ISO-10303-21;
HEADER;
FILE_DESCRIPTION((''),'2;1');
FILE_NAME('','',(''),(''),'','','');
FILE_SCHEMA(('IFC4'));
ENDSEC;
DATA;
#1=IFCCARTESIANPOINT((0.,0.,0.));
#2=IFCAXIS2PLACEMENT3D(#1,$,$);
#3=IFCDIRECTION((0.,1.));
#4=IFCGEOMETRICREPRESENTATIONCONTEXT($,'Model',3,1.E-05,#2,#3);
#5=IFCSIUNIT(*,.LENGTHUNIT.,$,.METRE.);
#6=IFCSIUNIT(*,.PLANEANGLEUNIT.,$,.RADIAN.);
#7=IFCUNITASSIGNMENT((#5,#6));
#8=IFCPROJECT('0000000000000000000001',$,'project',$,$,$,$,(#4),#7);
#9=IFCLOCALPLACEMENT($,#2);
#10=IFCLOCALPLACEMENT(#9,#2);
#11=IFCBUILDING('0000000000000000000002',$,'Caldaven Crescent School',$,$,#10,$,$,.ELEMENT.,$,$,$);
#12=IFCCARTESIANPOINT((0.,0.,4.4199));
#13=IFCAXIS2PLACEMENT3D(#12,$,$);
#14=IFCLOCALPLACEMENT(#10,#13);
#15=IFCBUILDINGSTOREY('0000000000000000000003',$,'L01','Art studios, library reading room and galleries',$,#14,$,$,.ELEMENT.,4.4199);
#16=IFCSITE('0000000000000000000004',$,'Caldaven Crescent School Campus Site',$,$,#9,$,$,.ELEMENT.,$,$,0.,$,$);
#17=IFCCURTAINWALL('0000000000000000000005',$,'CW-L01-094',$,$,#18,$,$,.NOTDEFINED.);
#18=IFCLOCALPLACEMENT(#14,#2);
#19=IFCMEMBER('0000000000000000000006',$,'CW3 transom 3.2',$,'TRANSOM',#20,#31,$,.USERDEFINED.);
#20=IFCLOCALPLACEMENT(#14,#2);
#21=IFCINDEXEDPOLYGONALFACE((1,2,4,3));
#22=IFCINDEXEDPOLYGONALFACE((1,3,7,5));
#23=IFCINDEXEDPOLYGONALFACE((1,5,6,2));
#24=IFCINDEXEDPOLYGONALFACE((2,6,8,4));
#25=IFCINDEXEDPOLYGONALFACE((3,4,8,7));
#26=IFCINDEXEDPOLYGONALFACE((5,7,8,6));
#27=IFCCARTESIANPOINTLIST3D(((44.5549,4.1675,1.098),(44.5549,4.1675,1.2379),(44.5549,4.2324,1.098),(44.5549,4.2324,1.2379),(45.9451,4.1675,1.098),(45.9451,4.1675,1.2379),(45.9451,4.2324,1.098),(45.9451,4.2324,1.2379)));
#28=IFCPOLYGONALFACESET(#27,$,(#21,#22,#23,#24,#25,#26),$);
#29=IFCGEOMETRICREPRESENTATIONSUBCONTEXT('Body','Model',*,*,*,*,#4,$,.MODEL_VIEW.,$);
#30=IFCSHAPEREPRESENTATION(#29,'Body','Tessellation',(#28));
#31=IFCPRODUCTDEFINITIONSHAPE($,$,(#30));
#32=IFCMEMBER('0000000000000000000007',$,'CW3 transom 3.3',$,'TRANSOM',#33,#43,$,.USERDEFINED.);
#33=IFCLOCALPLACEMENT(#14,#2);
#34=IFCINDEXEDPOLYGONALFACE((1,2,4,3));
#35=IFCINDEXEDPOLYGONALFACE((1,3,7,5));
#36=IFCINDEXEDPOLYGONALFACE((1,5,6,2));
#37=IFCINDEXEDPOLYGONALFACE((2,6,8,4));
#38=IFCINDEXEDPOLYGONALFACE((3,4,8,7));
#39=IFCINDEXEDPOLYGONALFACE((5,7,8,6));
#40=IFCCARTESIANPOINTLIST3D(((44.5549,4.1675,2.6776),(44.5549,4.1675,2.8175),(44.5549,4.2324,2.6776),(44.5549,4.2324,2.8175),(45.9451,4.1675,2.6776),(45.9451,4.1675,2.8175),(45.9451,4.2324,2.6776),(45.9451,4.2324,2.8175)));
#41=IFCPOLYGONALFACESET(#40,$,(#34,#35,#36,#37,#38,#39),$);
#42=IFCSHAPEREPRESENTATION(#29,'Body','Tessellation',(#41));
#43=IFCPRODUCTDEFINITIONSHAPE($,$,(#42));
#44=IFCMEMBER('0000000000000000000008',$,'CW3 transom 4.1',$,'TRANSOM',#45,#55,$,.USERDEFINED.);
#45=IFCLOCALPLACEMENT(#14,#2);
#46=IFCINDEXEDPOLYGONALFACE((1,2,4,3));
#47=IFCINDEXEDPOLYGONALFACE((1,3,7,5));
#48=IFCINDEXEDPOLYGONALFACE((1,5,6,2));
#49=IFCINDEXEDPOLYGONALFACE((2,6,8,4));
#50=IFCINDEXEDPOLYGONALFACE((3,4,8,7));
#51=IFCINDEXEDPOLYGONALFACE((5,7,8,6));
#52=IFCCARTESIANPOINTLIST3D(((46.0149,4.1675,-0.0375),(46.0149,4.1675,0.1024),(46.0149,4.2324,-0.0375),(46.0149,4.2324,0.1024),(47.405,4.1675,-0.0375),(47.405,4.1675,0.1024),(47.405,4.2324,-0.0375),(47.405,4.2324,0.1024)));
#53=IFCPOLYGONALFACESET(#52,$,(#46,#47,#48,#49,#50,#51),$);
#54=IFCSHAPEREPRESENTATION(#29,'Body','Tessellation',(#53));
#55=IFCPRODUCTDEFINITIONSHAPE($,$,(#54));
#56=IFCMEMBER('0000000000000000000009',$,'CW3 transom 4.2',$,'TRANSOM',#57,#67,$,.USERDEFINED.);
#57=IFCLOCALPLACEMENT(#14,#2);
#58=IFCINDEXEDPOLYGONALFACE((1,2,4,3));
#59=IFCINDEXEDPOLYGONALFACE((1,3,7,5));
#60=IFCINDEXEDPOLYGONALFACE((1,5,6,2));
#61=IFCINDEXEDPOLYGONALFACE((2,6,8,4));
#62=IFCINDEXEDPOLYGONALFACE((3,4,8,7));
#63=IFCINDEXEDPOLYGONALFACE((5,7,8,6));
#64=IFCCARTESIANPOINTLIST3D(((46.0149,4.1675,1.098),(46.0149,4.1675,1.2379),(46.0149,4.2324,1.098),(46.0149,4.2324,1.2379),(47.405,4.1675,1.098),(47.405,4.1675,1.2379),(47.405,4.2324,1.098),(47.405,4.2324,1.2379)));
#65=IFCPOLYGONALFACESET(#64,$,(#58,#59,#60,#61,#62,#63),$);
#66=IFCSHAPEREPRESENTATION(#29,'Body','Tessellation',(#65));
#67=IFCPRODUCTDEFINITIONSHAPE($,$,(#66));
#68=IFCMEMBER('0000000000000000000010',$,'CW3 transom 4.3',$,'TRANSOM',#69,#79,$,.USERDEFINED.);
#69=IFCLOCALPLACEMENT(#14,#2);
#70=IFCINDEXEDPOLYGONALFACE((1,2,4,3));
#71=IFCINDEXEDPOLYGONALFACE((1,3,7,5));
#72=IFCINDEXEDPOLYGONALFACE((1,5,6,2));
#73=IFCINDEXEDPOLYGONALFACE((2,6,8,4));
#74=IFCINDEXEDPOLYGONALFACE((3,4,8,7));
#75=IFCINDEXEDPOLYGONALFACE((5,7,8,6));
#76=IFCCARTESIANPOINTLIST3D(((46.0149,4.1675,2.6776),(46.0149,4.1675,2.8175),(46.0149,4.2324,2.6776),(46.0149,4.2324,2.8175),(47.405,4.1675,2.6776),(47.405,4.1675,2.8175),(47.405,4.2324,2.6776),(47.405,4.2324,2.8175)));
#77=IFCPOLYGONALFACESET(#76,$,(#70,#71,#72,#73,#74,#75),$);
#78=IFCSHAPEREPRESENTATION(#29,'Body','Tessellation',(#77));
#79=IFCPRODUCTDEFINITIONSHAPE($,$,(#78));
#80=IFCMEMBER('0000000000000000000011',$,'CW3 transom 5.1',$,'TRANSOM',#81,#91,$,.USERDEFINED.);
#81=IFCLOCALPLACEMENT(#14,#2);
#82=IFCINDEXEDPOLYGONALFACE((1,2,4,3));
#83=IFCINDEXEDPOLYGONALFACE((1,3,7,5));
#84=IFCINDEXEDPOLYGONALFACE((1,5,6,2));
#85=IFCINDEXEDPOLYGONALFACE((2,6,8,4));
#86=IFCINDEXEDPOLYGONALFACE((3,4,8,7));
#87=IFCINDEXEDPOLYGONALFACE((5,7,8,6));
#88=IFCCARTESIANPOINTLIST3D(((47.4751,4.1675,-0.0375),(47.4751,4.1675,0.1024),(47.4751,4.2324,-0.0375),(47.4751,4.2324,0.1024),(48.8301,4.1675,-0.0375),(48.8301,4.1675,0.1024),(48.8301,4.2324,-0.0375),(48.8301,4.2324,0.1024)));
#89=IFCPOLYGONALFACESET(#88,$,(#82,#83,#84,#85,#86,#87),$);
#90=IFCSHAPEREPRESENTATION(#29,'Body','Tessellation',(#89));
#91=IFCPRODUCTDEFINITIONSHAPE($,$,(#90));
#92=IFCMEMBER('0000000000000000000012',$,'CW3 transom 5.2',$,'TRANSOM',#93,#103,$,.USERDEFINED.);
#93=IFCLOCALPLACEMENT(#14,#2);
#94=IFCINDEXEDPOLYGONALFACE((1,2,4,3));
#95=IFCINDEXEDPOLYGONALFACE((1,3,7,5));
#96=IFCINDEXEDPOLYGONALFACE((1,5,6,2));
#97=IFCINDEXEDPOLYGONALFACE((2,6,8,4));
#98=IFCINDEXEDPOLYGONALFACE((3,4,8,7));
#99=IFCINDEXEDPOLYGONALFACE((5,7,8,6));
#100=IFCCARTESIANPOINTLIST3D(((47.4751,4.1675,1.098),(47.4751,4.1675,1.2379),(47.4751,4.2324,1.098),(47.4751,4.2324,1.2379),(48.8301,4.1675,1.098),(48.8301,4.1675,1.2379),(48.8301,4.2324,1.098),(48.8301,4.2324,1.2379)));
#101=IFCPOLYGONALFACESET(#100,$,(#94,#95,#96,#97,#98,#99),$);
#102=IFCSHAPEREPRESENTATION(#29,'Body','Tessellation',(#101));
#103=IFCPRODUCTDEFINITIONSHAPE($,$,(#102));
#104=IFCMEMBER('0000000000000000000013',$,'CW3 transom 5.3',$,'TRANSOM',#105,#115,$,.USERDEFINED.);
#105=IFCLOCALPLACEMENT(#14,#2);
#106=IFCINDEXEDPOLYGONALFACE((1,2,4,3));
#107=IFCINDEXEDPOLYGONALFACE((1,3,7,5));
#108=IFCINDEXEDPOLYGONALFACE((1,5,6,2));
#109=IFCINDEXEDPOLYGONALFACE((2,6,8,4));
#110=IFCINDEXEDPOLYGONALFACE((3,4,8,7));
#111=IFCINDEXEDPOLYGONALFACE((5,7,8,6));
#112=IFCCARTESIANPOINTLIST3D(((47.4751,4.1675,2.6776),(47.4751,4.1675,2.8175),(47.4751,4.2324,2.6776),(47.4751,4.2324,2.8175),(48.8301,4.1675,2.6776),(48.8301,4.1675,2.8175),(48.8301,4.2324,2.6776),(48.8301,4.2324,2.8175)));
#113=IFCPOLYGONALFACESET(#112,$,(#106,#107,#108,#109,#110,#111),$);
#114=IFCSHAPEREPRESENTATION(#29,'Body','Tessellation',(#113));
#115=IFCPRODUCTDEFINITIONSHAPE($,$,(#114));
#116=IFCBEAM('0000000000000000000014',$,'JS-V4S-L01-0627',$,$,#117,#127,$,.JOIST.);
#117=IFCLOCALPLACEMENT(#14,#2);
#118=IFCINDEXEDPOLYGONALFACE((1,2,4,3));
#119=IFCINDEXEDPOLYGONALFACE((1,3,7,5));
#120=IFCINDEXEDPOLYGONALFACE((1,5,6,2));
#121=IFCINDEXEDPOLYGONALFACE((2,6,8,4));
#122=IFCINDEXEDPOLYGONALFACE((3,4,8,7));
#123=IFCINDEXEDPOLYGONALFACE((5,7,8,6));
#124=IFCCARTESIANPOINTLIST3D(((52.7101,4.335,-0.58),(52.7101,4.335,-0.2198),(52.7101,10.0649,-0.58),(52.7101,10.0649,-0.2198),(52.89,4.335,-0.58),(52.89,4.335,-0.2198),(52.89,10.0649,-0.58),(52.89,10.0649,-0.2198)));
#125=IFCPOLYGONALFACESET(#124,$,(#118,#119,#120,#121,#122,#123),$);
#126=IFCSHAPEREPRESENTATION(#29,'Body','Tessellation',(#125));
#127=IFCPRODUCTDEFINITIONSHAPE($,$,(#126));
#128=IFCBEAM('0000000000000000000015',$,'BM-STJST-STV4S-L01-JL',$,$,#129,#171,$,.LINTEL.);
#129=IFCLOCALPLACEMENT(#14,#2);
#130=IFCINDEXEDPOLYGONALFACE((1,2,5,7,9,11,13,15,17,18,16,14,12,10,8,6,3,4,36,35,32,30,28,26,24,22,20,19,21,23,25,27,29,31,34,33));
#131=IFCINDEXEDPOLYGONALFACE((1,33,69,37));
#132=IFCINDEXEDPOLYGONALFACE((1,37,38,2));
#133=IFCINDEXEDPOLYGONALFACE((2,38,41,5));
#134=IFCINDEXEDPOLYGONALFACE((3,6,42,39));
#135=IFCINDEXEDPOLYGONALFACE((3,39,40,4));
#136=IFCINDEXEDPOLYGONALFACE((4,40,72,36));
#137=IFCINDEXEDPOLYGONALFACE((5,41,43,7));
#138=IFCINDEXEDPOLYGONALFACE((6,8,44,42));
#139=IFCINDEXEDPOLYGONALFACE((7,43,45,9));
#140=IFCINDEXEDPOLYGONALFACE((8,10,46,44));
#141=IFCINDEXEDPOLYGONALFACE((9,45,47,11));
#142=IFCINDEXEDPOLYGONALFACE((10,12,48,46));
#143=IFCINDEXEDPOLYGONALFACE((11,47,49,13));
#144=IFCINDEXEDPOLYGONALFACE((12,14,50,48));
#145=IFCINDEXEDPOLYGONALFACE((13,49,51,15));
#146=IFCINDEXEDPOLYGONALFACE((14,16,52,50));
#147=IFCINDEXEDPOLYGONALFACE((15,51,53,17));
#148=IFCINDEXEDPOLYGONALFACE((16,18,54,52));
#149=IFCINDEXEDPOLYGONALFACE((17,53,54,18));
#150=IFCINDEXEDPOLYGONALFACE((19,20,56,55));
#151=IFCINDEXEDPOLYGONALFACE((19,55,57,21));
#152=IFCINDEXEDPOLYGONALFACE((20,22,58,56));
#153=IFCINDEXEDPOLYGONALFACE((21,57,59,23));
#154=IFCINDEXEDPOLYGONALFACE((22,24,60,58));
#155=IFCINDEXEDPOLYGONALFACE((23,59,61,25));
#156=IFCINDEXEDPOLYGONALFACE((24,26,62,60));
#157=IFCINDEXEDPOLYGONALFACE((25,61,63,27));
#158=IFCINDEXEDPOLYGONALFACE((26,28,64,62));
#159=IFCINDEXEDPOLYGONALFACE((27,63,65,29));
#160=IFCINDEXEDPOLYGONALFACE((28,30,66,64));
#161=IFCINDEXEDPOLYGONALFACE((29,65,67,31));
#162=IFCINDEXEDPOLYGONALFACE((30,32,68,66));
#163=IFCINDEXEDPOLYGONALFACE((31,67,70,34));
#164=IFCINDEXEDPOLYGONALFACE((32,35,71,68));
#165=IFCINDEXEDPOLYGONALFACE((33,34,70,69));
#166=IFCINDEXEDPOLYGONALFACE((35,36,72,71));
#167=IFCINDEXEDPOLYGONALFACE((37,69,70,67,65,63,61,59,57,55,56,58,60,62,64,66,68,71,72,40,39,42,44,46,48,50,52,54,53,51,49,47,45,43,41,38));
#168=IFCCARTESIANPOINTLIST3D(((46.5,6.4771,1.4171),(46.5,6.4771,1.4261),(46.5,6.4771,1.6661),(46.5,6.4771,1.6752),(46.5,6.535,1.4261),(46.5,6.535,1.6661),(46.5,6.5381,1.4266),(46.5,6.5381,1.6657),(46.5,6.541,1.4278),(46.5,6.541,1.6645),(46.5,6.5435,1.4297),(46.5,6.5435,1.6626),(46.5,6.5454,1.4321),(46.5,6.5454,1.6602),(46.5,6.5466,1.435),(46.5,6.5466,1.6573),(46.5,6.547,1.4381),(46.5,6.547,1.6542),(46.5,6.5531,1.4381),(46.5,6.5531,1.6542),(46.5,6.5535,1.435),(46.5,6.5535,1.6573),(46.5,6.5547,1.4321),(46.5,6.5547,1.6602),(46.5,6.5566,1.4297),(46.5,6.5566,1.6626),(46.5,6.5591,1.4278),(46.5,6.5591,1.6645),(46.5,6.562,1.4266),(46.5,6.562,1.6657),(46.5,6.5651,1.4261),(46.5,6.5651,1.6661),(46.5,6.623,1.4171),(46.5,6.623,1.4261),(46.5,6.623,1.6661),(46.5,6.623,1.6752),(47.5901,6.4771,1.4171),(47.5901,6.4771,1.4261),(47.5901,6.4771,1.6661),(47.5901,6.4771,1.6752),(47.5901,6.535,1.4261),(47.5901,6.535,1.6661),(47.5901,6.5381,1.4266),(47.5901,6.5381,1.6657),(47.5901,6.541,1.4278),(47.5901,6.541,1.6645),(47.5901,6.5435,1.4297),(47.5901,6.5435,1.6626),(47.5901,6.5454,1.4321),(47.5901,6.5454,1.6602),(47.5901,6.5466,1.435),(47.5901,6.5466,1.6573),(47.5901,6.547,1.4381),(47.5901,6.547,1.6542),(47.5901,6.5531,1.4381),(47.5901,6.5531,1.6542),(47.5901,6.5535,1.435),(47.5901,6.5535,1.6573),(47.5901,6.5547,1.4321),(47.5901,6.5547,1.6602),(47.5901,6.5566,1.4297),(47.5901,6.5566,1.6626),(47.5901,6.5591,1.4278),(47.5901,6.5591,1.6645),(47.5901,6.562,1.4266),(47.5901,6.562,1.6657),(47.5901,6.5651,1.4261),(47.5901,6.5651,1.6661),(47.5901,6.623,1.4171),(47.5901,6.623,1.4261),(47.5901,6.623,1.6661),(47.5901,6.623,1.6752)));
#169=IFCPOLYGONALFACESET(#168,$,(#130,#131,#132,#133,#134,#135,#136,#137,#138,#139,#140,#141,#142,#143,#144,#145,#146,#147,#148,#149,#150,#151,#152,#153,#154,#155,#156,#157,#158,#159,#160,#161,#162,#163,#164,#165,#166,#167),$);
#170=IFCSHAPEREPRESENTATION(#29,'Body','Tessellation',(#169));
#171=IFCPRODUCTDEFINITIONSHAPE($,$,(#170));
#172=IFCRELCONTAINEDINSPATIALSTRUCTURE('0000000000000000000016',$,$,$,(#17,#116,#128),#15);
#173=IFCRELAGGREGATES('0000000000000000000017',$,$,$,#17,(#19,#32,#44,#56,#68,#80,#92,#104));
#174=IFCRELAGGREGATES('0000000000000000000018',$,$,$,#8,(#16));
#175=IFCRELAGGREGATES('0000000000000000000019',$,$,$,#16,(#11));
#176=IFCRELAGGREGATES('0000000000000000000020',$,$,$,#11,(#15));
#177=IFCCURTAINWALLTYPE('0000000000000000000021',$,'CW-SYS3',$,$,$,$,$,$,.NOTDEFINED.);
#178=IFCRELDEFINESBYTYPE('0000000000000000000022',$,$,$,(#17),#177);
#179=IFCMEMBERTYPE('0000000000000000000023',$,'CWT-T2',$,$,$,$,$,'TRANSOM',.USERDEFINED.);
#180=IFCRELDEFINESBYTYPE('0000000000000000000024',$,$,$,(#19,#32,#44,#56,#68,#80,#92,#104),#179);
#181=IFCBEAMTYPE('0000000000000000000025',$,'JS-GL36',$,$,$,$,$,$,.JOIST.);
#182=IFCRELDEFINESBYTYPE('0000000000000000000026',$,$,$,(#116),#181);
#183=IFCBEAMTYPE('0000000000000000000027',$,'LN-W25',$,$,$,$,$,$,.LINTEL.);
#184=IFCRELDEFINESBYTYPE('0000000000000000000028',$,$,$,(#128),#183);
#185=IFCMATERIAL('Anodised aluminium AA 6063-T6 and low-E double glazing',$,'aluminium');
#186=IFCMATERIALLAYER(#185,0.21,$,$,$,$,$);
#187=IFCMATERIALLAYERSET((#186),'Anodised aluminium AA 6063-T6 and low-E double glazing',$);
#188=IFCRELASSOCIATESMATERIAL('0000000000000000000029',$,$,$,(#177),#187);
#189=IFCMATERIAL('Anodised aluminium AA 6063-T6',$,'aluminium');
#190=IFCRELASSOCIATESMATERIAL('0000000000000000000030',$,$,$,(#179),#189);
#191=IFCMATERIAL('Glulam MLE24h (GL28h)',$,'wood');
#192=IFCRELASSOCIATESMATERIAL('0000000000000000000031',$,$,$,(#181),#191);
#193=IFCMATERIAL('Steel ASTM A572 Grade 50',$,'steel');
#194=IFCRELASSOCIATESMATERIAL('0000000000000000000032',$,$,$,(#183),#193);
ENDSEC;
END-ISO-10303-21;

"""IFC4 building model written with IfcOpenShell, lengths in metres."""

from ifc_helpers import new_model, si_unit, direction, frame, origin, origin_2d, place, context, subcontext, project, spatial, rectangle, i_section, extrude, material, layer, layer_set, material_profile, profile_set, type_object, element, aggregate, save


model = new_model("IFC4")

# Units and contexts
model_context = context("Model", 3, precision=1e-05, world=origin(), true_north=direction((0.0, 1.0)))
body_context = subcontext(model_context, "Body", "Model", "MODEL_VIEW")
ifc_project = project(units=[si_unit("LENGTHUNIT", "METRE"), si_unit("PLANEANGLEUNIT", "RADIAN")], contexts=[model_context])

# Site, building, storey
site_placement = place(None, origin())
site = spatial("IfcSite", under=ifc_project, at=site_placement, Name="Caldaven Crescent School Campus Site", CompositionType="ELEMENT", RefElevation=0.0)
building_placement = place(site_placement, origin())
building = spatial("IfcBuilding", under=site, at=building_placement, Name="Caldaven Crescent School", CompositionType="ELEMENT")
storey_placement = place(building_placement, frame((0.0, 0.0, 4.4199)))
storey = spatial("IfcBuildingStorey", under=building, at=storey_placement, Name="L01", Description="Art studios, library reading room and galleries", CompositionType="ELEMENT", Elevation=4.4199)

# Shared definitions
ifc_material_1 = material(Name="Glulam MLE24h (GL28h)", Category="wood")
ifc_material_2 = material(Name="Steel ASTM A572 Grade 50", Category="steel")

# Curtain wall, members
ifc_material_3 = material(Name="Anodised aluminium AA 6063-T6 and low-E double glazing", Category="aluminium")
ifc_layer_1 = layer(ifc_material_3, 0.21)
ifc_layer_set_1 = layer_set([ifc_layer_1], Name="Anodised aluminium AA 6063-T6 and low-E double glazing")
curtain_wall_type = type_object("IfcCurtainWallType", Name="CW-SYS3", PredefinedType="NOTDEFINED", material=ifc_layer_set_1)
curtain_wall_placement = place(storey_placement, origin())
curtain_wall = element("IfcCurtainWall", 1, at=curtain_wall_placement, inside=storey, type_object=curtain_wall_type, Name="CW-L01-094", PredefinedType="NOTDEFINED")
ifc_material_4 = material(Name="Anodised aluminium AA 6063-T6", Category="aluminium")
ifc_material_profile_1 = material_profile(ifc_material_4, rectangle(XDim=0.0649, YDim=0.1399, at=origin_2d()), Name="CWT 65x140")
ifc_profile_set_1 = profile_set([ifc_material_profile_1], Name="Anodised aluminium AA 6063-T6")
member_type_1 = type_object("IfcMemberType", Name="CWT-T2", ElementType="TRANSOM", PredefinedType="USERDEFINED", material=ifc_profile_set_1)
member_1_placement = place(storey_placement, frame((44.5549, 4.2, 1.168), z_axis=(1.0, 0.0, 0.0), x_axis=(0.0, 1.0, 0.0)))
member_1 = element("IfcMember", 2, at=member_1_placement, type_object=member_type_1, Name="CW3 transom 3.2", ObjectType="TRANSOM", PredefinedType="USERDEFINED", context=body_context, shape_type="SweptSolid", body=[
    extrude(rectangle(XDim=0.0649, YDim=0.1399, at=origin_2d()), origin(), (0.0, 0.0, 1.0), 1.3901),
])
member_2_placement = place(storey_placement, frame((44.5549, 4.2, 2.7476), z_axis=(1.0, 0.0, 0.0), x_axis=(0.0, 1.0, 0.0)))
member_2 = element("IfcMember", 3, at=member_2_placement, type_object=member_type_1, Name="CW3 transom 3.3", ObjectType="TRANSOM", PredefinedType="USERDEFINED", context=body_context, shape_type="SweptSolid", body=[
    extrude(rectangle(XDim=0.0649, YDim=0.1399, at=origin_2d()), origin(), (0.0, 0.0, 1.0), 1.3901),
])
member_3_placement = place(storey_placement, frame((46.0149, 4.2, 0.0325), z_axis=(1.0, 0.0, 0.0), x_axis=(0.0, 1.0, 0.0)))
member_3 = element("IfcMember", 4, at=member_3_placement, type_object=member_type_1, Name="CW3 transom 4.1", ObjectType="TRANSOM", PredefinedType="USERDEFINED", context=body_context, shape_type="SweptSolid", body=[
    extrude(rectangle(XDim=0.0649, YDim=0.1399, at=origin_2d()), origin(), (0.0, 0.0, 1.0), 1.3901),
])
member_4_placement = place(storey_placement, frame((46.0149, 4.2, 1.168), z_axis=(1.0, 0.0, 0.0), x_axis=(0.0, 1.0, 0.0)))
member_4 = element("IfcMember", 5, at=member_4_placement, type_object=member_type_1, Name="CW3 transom 4.2", ObjectType="TRANSOM", PredefinedType="USERDEFINED", context=body_context, shape_type="SweptSolid", body=[
    extrude(rectangle(XDim=0.0649, YDim=0.1399, at=origin_2d()), origin(), (0.0, 0.0, 1.0), 1.3901),
])
member_5_placement = place(storey_placement, frame((46.0149, 4.2, 2.7476), z_axis=(1.0, 0.0, 0.0), x_axis=(0.0, 1.0, 0.0)))
member_5 = element("IfcMember", 6, at=member_5_placement, type_object=member_type_1, Name="CW3 transom 4.3", ObjectType="TRANSOM", PredefinedType="USERDEFINED", context=body_context, shape_type="SweptSolid", body=[
    extrude(rectangle(XDim=0.0649, YDim=0.1399, at=origin_2d()), origin(), (0.0, 0.0, 1.0), 1.3901),
])
member_6_placement = place(storey_placement, frame((47.4751, 4.2, 0.0325), z_axis=(1.0, 0.0, 0.0), x_axis=(0.0, 1.0, 0.0)))
member_6 = element("IfcMember", 7, at=member_6_placement, type_object=member_type_1, Name="CW3 transom 5.1", ObjectType="TRANSOM", PredefinedType="USERDEFINED", context=body_context, shape_type="SweptSolid", body=[
    extrude(rectangle(XDim=0.0649, YDim=0.1399, at=origin_2d()), origin(), (0.0, 0.0, 1.0), 1.355),
])
member_7_placement = place(storey_placement, frame((47.4751, 4.2, 1.168), z_axis=(1.0, 0.0, 0.0), x_axis=(0.0, 1.0, 0.0)))
member_7 = element("IfcMember", 8, at=member_7_placement, type_object=member_type_1, Name="CW3 transom 5.2", ObjectType="TRANSOM", PredefinedType="USERDEFINED", context=body_context, shape_type="SweptSolid", body=[
    extrude(rectangle(XDim=0.0649, YDim=0.1399, at=origin_2d()), origin(), (0.0, 0.0, 1.0), 1.355),
])
member_8_placement = place(storey_placement, frame((47.4751, 4.2, 2.7476), z_axis=(1.0, 0.0, 0.0), x_axis=(0.0, 1.0, 0.0)))
member_8 = element("IfcMember", 9, at=member_8_placement, type_object=member_type_1, Name="CW3 transom 5.3", ObjectType="TRANSOM", PredefinedType="USERDEFINED", context=body_context, shape_type="SweptSolid", body=[
    extrude(rectangle(XDim=0.0649, YDim=0.1399, at=origin_2d()), origin(), (0.0, 0.0, 1.0), 1.355),
])

# Beams
ifc_material_profile_2 = material_profile(ifc_material_1, rectangle(XDim=0.1799, YDim=0.3601, at=origin_2d()), Name="MLE 180x360")
ifc_profile_set_2 = profile_set([ifc_material_profile_2], Name="Glulam MLE24h (GL28h)")
beam_type_1 = type_object("IfcBeamType", Name="JS-GL36", PredefinedType="JOIST", material=ifc_profile_set_2)
beam_1_placement = place(storey_placement, frame((52.8, 4.335, -0.3999), z_axis=(0.0, 1.0, 0.0), x_axis=(-1.0, 0.0, 0.0)))
element("IfcBeam", 10, at=beam_1_placement, inside=storey, type_object=beam_type_1, Name="JS-V4S-L01-0627", PredefinedType="JOIST", context=body_context, shape_type="SweptSolid", body=[
    extrude(rectangle(XDim=0.1799, YDim=0.3601, at=origin_2d()), origin(), (0.0, 0.0, 1.0), 5.73),
])
ifc_material_profile_3 = material_profile(ifc_material_2, i_section(OverallWidth=0.146, OverallDepth=0.2581, WebThickness=0.0061, FlangeThickness=0.009, FilletRadius=0.012, at=origin_2d()), Name="W250x33")
ifc_profile_set_3 = profile_set([ifc_material_profile_3], Name="Steel ASTM A572 Grade 50")
beam_type_2 = type_object("IfcBeamType", Name="LN-W25", PredefinedType="LINTEL", material=ifc_profile_set_3)
for number, where, z_axis, x_axis, name in (
    (11, (46.5, 6.55, 1.5461), (1.0, 0.0, 0.0), (0.0, 1.0, 0.0), "BM-STJST-STV4S-L01-JL"),
):
    element("IfcBeam", number, at=place(storey_placement, frame(where, z_axis=z_axis, x_axis=x_axis)), inside=storey, type_object=beam_type_2, Name=name, PredefinedType="LINTEL", context=body_context, shape_type="SweptSolid", body=[
        extrude(i_section(OverallWidth=0.146, OverallDepth=0.2581, WebThickness=0.0061, FlangeThickness=0.009, FilletRadius=0.012, at=origin_2d()), origin(), (0.0, 0.0, 1.0), 1.0901),
    ])

aggregate(curtain_wall, [member_1, member_2, member_3, member_4, member_5, member_6, member_7, member_8])

save(model, "model.ifc")
